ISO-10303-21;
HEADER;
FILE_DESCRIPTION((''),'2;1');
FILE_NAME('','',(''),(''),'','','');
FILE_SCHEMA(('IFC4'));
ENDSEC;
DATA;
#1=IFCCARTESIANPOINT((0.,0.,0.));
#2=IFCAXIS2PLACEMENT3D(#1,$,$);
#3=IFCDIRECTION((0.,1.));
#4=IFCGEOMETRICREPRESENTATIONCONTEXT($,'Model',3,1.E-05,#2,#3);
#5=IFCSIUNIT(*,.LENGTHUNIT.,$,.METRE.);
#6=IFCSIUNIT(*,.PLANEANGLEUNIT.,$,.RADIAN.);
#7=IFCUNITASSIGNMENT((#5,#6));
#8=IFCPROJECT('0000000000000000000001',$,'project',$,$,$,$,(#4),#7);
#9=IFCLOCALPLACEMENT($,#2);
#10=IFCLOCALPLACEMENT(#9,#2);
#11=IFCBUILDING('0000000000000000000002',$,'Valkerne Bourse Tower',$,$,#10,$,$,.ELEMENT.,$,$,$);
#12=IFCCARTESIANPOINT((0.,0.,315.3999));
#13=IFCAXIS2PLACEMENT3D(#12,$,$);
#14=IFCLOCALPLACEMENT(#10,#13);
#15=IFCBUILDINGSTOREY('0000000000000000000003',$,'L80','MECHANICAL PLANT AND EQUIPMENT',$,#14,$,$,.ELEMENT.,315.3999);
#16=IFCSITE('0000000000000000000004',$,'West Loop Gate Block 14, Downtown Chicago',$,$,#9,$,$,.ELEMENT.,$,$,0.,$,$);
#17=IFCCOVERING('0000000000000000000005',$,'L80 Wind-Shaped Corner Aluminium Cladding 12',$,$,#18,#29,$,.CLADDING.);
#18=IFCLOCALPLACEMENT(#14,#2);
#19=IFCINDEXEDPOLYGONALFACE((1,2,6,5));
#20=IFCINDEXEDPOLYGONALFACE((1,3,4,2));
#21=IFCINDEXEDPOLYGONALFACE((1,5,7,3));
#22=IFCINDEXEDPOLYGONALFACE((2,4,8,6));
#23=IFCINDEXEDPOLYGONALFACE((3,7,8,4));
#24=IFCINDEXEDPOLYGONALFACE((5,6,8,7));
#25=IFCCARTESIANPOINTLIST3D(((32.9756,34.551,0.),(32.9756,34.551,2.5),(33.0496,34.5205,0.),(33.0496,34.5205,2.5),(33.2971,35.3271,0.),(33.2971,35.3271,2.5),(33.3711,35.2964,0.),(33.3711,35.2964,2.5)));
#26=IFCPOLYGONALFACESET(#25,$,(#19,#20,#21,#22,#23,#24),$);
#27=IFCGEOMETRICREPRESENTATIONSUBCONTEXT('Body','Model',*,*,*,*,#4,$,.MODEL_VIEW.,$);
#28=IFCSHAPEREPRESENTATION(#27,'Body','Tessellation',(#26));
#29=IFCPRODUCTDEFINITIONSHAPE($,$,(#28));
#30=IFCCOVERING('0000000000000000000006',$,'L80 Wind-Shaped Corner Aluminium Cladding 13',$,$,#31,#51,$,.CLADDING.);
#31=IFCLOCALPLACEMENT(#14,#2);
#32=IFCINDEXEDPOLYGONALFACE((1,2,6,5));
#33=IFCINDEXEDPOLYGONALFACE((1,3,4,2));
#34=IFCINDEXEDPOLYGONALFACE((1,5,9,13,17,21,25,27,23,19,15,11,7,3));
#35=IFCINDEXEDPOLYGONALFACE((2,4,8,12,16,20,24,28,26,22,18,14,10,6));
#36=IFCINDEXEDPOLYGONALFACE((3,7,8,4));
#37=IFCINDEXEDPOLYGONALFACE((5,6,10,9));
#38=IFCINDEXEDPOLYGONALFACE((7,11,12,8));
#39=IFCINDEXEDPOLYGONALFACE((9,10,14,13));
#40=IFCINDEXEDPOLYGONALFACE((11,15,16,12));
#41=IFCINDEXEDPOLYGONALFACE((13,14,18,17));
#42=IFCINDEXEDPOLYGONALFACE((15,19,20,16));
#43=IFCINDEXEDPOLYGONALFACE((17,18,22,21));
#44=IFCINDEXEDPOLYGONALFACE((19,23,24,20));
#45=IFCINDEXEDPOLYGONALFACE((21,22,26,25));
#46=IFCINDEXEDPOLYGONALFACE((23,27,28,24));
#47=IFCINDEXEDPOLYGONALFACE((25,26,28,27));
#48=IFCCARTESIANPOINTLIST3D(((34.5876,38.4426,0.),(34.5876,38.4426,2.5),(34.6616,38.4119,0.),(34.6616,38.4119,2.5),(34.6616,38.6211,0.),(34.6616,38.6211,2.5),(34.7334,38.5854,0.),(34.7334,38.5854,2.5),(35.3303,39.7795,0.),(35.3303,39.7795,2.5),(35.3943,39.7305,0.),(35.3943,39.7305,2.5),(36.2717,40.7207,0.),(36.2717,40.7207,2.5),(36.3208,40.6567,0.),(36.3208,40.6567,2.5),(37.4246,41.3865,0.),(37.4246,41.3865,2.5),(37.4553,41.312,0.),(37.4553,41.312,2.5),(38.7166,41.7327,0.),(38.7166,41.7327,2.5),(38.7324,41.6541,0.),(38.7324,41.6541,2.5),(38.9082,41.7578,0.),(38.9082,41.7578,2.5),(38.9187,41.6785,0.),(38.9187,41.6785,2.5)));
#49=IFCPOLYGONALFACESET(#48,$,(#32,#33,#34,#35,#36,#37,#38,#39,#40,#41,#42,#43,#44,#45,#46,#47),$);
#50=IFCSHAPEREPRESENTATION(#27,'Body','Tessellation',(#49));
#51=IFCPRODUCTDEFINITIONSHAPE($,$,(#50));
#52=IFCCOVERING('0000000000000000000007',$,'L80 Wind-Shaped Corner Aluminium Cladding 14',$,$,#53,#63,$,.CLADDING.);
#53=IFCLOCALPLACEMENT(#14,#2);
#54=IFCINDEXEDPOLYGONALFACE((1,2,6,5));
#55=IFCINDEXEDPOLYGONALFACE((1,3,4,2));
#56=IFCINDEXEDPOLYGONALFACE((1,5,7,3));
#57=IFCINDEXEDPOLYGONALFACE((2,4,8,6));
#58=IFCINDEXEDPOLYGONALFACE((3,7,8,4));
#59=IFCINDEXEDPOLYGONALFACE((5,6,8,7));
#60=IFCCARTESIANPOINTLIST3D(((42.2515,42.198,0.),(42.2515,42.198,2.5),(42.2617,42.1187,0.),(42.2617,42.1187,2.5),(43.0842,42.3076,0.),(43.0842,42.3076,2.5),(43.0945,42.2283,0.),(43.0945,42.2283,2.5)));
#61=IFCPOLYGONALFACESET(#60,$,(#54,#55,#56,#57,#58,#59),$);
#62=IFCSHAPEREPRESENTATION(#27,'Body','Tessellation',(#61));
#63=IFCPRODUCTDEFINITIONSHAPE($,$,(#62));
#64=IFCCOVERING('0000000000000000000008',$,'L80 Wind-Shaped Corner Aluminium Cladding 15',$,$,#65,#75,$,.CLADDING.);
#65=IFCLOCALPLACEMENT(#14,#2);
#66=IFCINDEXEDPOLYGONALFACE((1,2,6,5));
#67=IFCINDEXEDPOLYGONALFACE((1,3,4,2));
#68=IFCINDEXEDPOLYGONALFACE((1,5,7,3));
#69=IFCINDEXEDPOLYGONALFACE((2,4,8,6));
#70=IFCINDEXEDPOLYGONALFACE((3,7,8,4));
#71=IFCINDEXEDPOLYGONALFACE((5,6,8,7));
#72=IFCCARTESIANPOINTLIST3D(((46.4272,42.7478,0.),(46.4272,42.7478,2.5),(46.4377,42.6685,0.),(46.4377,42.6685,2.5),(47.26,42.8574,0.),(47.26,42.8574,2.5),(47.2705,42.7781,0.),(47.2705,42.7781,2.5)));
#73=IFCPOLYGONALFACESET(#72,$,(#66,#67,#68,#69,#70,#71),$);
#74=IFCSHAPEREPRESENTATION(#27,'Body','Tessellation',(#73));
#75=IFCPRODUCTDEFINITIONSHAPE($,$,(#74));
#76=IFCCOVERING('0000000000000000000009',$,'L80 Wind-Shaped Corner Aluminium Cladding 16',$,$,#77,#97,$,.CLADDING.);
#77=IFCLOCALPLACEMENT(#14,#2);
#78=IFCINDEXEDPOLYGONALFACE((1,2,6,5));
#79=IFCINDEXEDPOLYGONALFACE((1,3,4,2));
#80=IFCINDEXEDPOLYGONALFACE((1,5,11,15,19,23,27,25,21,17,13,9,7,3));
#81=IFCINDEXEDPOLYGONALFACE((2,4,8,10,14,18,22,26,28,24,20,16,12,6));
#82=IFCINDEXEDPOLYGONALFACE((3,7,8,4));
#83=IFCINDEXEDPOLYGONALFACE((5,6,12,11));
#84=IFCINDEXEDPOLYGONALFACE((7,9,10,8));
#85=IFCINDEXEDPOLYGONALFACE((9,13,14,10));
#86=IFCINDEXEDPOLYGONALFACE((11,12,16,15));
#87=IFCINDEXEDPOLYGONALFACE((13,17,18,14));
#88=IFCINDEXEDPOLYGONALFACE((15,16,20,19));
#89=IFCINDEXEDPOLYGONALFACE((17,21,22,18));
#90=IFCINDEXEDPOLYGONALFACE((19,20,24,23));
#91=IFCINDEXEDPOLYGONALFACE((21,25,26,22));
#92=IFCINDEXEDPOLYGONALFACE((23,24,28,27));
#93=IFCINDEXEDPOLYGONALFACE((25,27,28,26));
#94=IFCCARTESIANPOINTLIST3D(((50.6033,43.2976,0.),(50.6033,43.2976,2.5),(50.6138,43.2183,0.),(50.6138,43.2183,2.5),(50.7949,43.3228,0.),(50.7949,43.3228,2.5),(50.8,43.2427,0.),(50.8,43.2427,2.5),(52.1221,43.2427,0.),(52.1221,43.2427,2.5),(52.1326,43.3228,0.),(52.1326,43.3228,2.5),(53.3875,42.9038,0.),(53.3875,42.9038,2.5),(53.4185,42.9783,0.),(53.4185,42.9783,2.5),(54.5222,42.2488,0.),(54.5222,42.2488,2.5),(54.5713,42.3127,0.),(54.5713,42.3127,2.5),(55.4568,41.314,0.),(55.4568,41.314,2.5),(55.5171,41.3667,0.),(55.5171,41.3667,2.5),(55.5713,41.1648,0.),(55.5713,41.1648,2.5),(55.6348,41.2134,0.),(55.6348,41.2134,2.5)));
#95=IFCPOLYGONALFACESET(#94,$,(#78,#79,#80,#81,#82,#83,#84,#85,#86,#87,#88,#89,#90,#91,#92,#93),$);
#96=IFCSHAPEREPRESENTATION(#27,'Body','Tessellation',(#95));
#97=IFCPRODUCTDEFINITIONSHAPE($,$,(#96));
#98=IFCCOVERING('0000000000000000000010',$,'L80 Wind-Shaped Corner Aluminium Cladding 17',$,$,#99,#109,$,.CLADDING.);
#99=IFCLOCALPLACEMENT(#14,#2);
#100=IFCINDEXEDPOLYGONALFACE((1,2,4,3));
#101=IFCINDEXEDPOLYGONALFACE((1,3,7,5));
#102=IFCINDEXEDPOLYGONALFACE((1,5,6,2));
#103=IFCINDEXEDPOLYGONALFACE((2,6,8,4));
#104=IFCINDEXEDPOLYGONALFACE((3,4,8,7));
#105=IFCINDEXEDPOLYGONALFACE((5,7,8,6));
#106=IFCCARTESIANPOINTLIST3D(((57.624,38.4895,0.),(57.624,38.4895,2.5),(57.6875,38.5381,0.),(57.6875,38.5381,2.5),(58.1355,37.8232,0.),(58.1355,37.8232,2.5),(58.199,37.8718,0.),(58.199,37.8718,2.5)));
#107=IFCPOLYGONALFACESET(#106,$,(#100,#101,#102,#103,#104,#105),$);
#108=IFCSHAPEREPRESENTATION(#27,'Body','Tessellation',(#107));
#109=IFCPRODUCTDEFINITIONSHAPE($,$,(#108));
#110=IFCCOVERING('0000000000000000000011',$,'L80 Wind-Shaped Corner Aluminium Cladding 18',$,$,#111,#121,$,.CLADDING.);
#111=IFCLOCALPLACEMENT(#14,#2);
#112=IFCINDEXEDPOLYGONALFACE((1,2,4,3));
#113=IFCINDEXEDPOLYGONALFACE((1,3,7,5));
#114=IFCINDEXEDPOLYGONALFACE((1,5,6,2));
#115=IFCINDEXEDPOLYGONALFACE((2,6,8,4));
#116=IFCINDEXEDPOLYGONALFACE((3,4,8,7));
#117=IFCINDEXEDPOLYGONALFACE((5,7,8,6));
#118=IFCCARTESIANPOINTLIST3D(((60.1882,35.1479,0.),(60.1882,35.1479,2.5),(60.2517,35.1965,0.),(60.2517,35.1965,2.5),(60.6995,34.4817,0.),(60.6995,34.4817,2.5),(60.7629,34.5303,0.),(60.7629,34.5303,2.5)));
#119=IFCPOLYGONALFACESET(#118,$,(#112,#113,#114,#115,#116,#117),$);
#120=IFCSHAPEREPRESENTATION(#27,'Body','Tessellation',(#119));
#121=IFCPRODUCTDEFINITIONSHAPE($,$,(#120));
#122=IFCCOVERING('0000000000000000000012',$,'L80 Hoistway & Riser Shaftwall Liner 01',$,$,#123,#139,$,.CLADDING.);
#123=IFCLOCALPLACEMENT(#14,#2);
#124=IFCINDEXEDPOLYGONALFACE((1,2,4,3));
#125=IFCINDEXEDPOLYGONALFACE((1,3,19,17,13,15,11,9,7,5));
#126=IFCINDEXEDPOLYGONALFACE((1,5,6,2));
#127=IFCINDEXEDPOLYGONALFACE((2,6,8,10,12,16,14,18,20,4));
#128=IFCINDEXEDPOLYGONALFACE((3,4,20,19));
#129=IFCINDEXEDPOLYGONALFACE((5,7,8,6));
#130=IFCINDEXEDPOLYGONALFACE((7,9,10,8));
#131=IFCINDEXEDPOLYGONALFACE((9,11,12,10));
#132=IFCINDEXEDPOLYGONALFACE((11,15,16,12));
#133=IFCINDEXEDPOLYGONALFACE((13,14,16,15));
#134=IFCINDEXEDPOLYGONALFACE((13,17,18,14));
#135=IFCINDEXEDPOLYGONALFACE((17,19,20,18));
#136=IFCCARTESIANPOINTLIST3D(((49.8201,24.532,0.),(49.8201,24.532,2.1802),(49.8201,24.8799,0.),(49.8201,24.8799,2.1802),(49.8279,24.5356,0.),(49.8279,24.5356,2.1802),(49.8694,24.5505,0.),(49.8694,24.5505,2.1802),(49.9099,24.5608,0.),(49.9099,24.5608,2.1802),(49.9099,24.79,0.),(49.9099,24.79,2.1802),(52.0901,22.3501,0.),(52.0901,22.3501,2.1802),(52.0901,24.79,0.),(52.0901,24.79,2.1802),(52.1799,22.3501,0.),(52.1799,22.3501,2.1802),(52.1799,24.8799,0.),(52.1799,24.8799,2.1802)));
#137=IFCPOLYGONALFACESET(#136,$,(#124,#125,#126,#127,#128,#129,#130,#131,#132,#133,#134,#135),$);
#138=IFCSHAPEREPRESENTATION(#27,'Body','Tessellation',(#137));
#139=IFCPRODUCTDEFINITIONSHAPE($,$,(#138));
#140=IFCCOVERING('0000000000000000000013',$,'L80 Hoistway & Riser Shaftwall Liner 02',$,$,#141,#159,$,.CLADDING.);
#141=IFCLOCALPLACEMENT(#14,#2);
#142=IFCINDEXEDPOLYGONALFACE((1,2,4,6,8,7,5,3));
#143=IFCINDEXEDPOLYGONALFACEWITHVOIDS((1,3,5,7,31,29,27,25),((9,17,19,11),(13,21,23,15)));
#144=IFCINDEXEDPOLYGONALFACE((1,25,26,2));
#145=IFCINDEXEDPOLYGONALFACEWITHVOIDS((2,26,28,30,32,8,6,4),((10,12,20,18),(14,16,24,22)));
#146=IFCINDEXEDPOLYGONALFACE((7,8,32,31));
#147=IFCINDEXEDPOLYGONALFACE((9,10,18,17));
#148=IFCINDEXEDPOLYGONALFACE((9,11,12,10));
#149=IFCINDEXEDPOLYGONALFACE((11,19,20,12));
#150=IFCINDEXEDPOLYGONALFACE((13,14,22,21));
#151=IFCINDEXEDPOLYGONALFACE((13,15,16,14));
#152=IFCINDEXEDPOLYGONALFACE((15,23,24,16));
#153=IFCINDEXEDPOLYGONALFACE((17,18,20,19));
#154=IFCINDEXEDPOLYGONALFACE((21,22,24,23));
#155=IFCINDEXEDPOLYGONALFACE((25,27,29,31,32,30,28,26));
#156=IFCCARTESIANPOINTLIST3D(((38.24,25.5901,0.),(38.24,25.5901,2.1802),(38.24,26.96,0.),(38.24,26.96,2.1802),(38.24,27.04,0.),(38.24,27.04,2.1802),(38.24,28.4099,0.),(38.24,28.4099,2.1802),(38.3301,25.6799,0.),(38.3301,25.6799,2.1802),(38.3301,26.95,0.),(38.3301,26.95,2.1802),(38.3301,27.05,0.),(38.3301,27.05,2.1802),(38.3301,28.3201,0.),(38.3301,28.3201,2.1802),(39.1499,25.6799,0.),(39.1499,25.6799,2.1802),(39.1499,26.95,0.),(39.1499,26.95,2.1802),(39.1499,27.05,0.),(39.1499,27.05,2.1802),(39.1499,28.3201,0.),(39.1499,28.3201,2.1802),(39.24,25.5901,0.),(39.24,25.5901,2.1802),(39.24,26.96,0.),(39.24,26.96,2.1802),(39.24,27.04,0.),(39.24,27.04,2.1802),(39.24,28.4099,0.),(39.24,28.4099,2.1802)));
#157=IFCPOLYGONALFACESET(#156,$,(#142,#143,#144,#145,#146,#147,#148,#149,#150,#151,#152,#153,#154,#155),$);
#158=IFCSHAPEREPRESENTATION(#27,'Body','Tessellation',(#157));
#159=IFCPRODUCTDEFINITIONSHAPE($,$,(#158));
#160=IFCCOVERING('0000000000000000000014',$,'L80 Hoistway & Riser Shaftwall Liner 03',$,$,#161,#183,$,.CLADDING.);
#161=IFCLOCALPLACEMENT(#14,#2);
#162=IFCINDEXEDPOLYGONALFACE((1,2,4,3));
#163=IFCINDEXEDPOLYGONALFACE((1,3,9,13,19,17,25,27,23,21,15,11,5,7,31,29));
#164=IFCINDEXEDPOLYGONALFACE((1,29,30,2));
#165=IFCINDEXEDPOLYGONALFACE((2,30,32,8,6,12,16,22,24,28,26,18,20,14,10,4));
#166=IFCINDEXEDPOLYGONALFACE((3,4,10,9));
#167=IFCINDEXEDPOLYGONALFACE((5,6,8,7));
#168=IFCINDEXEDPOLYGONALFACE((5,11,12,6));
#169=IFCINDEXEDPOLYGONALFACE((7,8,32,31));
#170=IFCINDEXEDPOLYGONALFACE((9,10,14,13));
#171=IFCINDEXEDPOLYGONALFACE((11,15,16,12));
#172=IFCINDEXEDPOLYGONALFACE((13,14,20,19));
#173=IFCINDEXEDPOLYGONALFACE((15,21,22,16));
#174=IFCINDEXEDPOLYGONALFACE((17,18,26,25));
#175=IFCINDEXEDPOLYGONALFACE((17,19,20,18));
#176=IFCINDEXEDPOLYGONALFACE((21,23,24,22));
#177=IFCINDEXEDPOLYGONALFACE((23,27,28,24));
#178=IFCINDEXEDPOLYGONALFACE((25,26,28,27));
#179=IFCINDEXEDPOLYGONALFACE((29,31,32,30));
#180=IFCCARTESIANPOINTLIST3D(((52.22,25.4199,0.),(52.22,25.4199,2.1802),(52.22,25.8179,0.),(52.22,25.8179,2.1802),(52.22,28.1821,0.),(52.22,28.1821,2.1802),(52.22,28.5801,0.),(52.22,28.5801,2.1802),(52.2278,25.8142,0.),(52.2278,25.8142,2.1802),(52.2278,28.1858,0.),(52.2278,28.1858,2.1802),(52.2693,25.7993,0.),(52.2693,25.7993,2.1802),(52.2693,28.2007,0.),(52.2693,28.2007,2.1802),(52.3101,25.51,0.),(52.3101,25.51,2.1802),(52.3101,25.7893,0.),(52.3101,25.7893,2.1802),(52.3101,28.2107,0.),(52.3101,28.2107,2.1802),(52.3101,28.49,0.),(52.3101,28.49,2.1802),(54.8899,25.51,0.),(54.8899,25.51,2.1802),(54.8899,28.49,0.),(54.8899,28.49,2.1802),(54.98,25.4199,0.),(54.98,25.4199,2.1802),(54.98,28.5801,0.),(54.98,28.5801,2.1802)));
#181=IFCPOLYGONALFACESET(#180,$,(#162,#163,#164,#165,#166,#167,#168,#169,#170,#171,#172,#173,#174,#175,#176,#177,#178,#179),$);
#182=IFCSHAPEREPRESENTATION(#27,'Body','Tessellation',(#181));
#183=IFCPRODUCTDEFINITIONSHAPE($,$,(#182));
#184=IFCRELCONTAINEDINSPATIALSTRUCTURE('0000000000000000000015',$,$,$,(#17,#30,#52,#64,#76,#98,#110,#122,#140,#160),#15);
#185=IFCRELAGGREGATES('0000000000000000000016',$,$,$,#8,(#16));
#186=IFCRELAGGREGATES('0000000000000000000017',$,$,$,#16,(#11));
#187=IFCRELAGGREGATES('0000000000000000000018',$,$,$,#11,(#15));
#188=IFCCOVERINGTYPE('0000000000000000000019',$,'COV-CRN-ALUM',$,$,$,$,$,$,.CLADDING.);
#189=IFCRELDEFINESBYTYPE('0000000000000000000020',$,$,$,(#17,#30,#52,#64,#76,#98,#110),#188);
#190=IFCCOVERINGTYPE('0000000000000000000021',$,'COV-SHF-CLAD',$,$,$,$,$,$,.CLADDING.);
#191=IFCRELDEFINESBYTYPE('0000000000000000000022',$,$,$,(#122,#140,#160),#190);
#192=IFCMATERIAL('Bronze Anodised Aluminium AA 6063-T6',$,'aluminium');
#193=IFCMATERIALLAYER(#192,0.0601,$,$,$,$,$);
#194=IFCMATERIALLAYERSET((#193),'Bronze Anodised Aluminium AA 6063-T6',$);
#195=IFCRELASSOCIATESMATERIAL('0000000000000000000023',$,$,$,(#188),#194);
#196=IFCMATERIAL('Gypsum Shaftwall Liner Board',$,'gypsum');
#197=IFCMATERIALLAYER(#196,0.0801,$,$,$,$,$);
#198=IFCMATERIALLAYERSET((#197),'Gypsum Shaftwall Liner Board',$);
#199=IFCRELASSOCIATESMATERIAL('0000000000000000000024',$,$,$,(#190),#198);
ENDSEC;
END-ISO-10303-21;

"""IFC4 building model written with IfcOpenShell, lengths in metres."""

from ifc_helpers import new_model, si_unit, direction, frame, origin, place, context, subcontext, project, spatial, polyline, outline, extrude, material, layer, layer_set, type_object, element, save


model = new_model("IFC4")

# Units and contexts
model_context = context("Model", 3, precision=1e-05, world=origin(), true_north=direction((0.0, 1.0)))
body_context = subcontext(model_context, "Body", "Model", "MODEL_VIEW")
ifc_project = project(units=[si_unit("LENGTHUNIT", "METRE"), si_unit("PLANEANGLEUNIT", "RADIAN")], contexts=[model_context])

# Site, building, storey
site_placement = place(None, origin())
site = spatial("IfcSite", under=ifc_project, at=site_placement, Name="West Loop Gate Block 14, Downtown Chicago", CompositionType="ELEMENT", RefElevation=0.0)
building_placement = place(site_placement, origin())
building = spatial("IfcBuilding", under=site, at=building_placement, Name="Valkerne Bourse Tower", CompositionType="ELEMENT")
storey_placement = place(building_placement, frame((0.0, 0.0, 315.3999)))
storey = spatial("IfcBuildingStorey", under=building, at=storey_placement, Name="L80", Description="MECHANICAL PLANT AND EQUIPMENT", CompositionType="ELEMENT", Elevation=315.3999)

# Shared definitions
ifc_material_1 = material(Name="Bronze Anodised Aluminium AA 6063-T6", Category="aluminium")

# Coverings
ifc_layer_1 = layer(ifc_material_1, 0.0601)
ifc_layer_set_1 = layer_set([ifc_layer_1], Name="Bronze Anodised Aluminium AA 6063-T6")
covering_type_1 = type_object("IfcCoveringType", Name="COV-CRN-ALUM", PredefinedType="CLADDING", material=ifc_layer_set_1)
covering_1_placement = place(storey_placement, origin())
element("IfcCovering", 1, at=covering_1_placement, inside=storey, type_object=covering_type_1, Name="L80 Wind-Shaped Corner Aluminium Cladding 12", PredefinedType="CLADDING", context=body_context, shape_type="SweptSolid", body=[
    extrude(outline(polyline([(33.2971, 35.3271), (33.3711, 35.2964), (33.0496, 34.5205), (32.9756, 34.551), (33.2971, 35.3271)])), origin(), (0.0, 0.0, 1.0), 2.5),
])
covering_2_placement = place(storey_placement, origin())
element("IfcCovering", 2, at=covering_2_placement, inside=storey, type_object=covering_type_1, Name="L80 Wind-Shaped Corner Aluminium Cladding 13", PredefinedType="CLADDING", context=body_context, shape_type="SweptSolid", body=[
    extrude(outline(polyline([(34.6616, 38.6211), (35.3303, 39.7795), (36.2717, 40.7207), (37.4246, 41.3865), (38.7166, 41.7327), (38.9082, 41.7578), (38.9187, 41.6785), (38.7324, 41.6541), (37.4553, 41.312), (36.3208, 40.6567), (35.3943, 39.7305), (34.7334, 38.5854), (34.6616, 38.4119), (34.5876, 38.4426), (34.6616, 38.6211)])), origin(), (0.0, 0.0, 1.0), 2.5),
])
covering_3_placement = place(storey_placement, origin())
element("IfcCovering", 3, at=covering_3_placement, inside=storey, type_object=covering_type_1, Name="L80 Wind-Shaped Corner Aluminium Cladding 14", PredefinedType="CLADDING", context=body_context, shape_type="SweptSolid", body=[
    extrude(outline(polyline([(43.0842, 42.3076), (43.0945, 42.2283), (42.2617, 42.1187), (42.2515, 42.198), (43.0842, 42.3076)])), origin(), (0.0, 0.0, 1.0), 2.5),
])
covering_4_placement = place(storey_placement, origin())
element("IfcCovering", 4, at=covering_4_placement, inside=storey, type_object=covering_type_1, Name="L80 Wind-Shaped Corner Aluminium Cladding 15", PredefinedType="CLADDING", context=body_context, shape_type="SweptSolid", body=[
    extrude(outline(polyline([(47.26, 42.8574), (47.2705, 42.7781), (46.4377, 42.6685), (46.4272, 42.7478), (47.26, 42.8574)])), origin(), (0.0, 0.0, 1.0), 2.5),
])
covering_5_placement = place(storey_placement, origin())
element("IfcCovering", 5, at=covering_5_placement, inside=storey, type_object=covering_type_1, Name="L80 Wind-Shaped Corner Aluminium Cladding 16", PredefinedType="CLADDING", context=body_context, shape_type="SweptSolid", body=[
    extrude(outline(polyline([(50.7949, 43.3228), (52.1326, 43.3228), (53.4185, 42.9783), (54.5713, 42.3127), (55.5171, 41.3667), (55.6348, 41.2134), (55.5713, 41.1648), (55.4568, 41.314), (54.5222, 42.2488), (53.3875, 42.9038), (52.1221, 43.2427), (50.8, 43.2427), (50.6138, 43.2183), (50.6033, 43.2976), (50.7949, 43.3228)])), origin(), (0.0, 0.0, 1.0), 2.5),
])
covering_6_placement = place(storey_placement, origin())
element("IfcCovering", 6, at=covering_6_placement, inside=storey, type_object=covering_type_1, Name="L80 Wind-Shaped Corner Aluminium Cladding 17", PredefinedType="CLADDING", context=body_context, shape_type="SweptSolid", body=[
    extrude(outline(polyline([(58.199, 37.8718), (58.1355, 37.8232), (57.624, 38.4895), (57.6875, 38.5381), (58.199, 37.8718)])), origin(), (0.0, 0.0, 1.0), 2.5),
])
covering_7_placement = place(storey_placement, origin())
element("IfcCovering", 7, at=covering_7_placement, inside=storey, type_object=covering_type_1, Name="L80 Wind-Shaped Corner Aluminium Cladding 18", PredefinedType="CLADDING", context=body_context, shape_type="SweptSolid", body=[
    extrude(outline(polyline([(60.7629, 34.5303), (60.6995, 34.4817), (60.1882, 35.1479), (60.2517, 35.1965), (60.7629, 34.5303)])), origin(), (0.0, 0.0, 1.0), 2.5),
])
ifc_material_2 = material(Name="Gypsum Shaftwall Liner Board", Category="gypsum")
ifc_layer_2 = layer(ifc_material_2, 0.0801)
ifc_layer_set_2 = layer_set([ifc_layer_2], Name="Gypsum Shaftwall Liner Board")
covering_type_2 = type_object("IfcCoveringType", Name="COV-SHF-CLAD", PredefinedType="CLADDING", material=ifc_layer_set_2)
covering_8_placement = place(storey_placement, origin())
element("IfcCovering", 8, at=covering_8_placement, inside=storey, type_object=covering_type_2, Name="L80 Hoistway & Riser Shaftwall Liner 01", PredefinedType="CLADDING", context=body_context, shape_type="SweptSolid", body=[
    extrude(outline(polyline([(52.1799, 24.8799), (52.1799, 22.3501), (52.0901, 22.3501), (52.0901, 24.79), (49.9099, 24.79), (49.9099, 24.5608), (49.8694, 24.5505), (49.8279, 24.5356), (49.8201, 24.532), (49.8201, 24.8799), (52.1799, 24.8799)])), origin(), (0.0, 0.0, 1.0), 2.1802),
])
covering_9_placement = place(storey_placement, origin())
element("IfcCovering", 9, at=covering_9_placement, inside=storey, type_object=covering_type_2, Name="L80 Hoistway & Riser Shaftwall Liner 02", PredefinedType="CLADDING", context=body_context, shape_type="SweptSolid", body=[
    extrude(outline(polyline([(38.24, 25.5901), (38.24, 26.96), (38.24, 27.04), (38.24, 28.4099), (39.24, 28.4099), (39.24, 27.04), (39.24, 26.96), (39.24, 25.5901), (38.24, 25.5901)]), holes=[polyline([(39.1499, 25.6799), (39.1499, 26.95), (38.3301, 26.95), (38.3301, 25.6799), (39.1499, 25.6799)]), polyline([(39.1499, 28.3201), (38.3301, 28.3201), (38.3301, 27.05), (39.1499, 27.05), (39.1499, 28.3201)])]), origin(), (0.0, 0.0, 1.0), 2.1802),
])
covering_10_placement = place(storey_placement, origin())
element("IfcCovering", 10, at=covering_10_placement, inside=storey, type_object=covering_type_2, Name="L80 Hoistway & Riser Shaftwall Liner 03", PredefinedType="CLADDING", context=body_context, shape_type="SweptSolid", body=[
    extrude(outline(polyline([(52.22, 25.8179), (52.2278, 25.8142), (52.2693, 25.7993), (52.3101, 25.7893), (52.3101, 25.51), (54.8899, 25.51), (54.8899, 28.49), (52.3101, 28.49), (52.3101, 28.2107), (52.2693, 28.2007), (52.2278, 28.1858), (52.22, 28.1821), (52.22, 28.5801), (54.98, 28.5801), (54.98, 25.4199), (52.22, 25.4199), (52.22, 25.8179)])), origin(), (0.0, 0.0, 1.0), 2.1802),
])

save(model, "model.ifc")
